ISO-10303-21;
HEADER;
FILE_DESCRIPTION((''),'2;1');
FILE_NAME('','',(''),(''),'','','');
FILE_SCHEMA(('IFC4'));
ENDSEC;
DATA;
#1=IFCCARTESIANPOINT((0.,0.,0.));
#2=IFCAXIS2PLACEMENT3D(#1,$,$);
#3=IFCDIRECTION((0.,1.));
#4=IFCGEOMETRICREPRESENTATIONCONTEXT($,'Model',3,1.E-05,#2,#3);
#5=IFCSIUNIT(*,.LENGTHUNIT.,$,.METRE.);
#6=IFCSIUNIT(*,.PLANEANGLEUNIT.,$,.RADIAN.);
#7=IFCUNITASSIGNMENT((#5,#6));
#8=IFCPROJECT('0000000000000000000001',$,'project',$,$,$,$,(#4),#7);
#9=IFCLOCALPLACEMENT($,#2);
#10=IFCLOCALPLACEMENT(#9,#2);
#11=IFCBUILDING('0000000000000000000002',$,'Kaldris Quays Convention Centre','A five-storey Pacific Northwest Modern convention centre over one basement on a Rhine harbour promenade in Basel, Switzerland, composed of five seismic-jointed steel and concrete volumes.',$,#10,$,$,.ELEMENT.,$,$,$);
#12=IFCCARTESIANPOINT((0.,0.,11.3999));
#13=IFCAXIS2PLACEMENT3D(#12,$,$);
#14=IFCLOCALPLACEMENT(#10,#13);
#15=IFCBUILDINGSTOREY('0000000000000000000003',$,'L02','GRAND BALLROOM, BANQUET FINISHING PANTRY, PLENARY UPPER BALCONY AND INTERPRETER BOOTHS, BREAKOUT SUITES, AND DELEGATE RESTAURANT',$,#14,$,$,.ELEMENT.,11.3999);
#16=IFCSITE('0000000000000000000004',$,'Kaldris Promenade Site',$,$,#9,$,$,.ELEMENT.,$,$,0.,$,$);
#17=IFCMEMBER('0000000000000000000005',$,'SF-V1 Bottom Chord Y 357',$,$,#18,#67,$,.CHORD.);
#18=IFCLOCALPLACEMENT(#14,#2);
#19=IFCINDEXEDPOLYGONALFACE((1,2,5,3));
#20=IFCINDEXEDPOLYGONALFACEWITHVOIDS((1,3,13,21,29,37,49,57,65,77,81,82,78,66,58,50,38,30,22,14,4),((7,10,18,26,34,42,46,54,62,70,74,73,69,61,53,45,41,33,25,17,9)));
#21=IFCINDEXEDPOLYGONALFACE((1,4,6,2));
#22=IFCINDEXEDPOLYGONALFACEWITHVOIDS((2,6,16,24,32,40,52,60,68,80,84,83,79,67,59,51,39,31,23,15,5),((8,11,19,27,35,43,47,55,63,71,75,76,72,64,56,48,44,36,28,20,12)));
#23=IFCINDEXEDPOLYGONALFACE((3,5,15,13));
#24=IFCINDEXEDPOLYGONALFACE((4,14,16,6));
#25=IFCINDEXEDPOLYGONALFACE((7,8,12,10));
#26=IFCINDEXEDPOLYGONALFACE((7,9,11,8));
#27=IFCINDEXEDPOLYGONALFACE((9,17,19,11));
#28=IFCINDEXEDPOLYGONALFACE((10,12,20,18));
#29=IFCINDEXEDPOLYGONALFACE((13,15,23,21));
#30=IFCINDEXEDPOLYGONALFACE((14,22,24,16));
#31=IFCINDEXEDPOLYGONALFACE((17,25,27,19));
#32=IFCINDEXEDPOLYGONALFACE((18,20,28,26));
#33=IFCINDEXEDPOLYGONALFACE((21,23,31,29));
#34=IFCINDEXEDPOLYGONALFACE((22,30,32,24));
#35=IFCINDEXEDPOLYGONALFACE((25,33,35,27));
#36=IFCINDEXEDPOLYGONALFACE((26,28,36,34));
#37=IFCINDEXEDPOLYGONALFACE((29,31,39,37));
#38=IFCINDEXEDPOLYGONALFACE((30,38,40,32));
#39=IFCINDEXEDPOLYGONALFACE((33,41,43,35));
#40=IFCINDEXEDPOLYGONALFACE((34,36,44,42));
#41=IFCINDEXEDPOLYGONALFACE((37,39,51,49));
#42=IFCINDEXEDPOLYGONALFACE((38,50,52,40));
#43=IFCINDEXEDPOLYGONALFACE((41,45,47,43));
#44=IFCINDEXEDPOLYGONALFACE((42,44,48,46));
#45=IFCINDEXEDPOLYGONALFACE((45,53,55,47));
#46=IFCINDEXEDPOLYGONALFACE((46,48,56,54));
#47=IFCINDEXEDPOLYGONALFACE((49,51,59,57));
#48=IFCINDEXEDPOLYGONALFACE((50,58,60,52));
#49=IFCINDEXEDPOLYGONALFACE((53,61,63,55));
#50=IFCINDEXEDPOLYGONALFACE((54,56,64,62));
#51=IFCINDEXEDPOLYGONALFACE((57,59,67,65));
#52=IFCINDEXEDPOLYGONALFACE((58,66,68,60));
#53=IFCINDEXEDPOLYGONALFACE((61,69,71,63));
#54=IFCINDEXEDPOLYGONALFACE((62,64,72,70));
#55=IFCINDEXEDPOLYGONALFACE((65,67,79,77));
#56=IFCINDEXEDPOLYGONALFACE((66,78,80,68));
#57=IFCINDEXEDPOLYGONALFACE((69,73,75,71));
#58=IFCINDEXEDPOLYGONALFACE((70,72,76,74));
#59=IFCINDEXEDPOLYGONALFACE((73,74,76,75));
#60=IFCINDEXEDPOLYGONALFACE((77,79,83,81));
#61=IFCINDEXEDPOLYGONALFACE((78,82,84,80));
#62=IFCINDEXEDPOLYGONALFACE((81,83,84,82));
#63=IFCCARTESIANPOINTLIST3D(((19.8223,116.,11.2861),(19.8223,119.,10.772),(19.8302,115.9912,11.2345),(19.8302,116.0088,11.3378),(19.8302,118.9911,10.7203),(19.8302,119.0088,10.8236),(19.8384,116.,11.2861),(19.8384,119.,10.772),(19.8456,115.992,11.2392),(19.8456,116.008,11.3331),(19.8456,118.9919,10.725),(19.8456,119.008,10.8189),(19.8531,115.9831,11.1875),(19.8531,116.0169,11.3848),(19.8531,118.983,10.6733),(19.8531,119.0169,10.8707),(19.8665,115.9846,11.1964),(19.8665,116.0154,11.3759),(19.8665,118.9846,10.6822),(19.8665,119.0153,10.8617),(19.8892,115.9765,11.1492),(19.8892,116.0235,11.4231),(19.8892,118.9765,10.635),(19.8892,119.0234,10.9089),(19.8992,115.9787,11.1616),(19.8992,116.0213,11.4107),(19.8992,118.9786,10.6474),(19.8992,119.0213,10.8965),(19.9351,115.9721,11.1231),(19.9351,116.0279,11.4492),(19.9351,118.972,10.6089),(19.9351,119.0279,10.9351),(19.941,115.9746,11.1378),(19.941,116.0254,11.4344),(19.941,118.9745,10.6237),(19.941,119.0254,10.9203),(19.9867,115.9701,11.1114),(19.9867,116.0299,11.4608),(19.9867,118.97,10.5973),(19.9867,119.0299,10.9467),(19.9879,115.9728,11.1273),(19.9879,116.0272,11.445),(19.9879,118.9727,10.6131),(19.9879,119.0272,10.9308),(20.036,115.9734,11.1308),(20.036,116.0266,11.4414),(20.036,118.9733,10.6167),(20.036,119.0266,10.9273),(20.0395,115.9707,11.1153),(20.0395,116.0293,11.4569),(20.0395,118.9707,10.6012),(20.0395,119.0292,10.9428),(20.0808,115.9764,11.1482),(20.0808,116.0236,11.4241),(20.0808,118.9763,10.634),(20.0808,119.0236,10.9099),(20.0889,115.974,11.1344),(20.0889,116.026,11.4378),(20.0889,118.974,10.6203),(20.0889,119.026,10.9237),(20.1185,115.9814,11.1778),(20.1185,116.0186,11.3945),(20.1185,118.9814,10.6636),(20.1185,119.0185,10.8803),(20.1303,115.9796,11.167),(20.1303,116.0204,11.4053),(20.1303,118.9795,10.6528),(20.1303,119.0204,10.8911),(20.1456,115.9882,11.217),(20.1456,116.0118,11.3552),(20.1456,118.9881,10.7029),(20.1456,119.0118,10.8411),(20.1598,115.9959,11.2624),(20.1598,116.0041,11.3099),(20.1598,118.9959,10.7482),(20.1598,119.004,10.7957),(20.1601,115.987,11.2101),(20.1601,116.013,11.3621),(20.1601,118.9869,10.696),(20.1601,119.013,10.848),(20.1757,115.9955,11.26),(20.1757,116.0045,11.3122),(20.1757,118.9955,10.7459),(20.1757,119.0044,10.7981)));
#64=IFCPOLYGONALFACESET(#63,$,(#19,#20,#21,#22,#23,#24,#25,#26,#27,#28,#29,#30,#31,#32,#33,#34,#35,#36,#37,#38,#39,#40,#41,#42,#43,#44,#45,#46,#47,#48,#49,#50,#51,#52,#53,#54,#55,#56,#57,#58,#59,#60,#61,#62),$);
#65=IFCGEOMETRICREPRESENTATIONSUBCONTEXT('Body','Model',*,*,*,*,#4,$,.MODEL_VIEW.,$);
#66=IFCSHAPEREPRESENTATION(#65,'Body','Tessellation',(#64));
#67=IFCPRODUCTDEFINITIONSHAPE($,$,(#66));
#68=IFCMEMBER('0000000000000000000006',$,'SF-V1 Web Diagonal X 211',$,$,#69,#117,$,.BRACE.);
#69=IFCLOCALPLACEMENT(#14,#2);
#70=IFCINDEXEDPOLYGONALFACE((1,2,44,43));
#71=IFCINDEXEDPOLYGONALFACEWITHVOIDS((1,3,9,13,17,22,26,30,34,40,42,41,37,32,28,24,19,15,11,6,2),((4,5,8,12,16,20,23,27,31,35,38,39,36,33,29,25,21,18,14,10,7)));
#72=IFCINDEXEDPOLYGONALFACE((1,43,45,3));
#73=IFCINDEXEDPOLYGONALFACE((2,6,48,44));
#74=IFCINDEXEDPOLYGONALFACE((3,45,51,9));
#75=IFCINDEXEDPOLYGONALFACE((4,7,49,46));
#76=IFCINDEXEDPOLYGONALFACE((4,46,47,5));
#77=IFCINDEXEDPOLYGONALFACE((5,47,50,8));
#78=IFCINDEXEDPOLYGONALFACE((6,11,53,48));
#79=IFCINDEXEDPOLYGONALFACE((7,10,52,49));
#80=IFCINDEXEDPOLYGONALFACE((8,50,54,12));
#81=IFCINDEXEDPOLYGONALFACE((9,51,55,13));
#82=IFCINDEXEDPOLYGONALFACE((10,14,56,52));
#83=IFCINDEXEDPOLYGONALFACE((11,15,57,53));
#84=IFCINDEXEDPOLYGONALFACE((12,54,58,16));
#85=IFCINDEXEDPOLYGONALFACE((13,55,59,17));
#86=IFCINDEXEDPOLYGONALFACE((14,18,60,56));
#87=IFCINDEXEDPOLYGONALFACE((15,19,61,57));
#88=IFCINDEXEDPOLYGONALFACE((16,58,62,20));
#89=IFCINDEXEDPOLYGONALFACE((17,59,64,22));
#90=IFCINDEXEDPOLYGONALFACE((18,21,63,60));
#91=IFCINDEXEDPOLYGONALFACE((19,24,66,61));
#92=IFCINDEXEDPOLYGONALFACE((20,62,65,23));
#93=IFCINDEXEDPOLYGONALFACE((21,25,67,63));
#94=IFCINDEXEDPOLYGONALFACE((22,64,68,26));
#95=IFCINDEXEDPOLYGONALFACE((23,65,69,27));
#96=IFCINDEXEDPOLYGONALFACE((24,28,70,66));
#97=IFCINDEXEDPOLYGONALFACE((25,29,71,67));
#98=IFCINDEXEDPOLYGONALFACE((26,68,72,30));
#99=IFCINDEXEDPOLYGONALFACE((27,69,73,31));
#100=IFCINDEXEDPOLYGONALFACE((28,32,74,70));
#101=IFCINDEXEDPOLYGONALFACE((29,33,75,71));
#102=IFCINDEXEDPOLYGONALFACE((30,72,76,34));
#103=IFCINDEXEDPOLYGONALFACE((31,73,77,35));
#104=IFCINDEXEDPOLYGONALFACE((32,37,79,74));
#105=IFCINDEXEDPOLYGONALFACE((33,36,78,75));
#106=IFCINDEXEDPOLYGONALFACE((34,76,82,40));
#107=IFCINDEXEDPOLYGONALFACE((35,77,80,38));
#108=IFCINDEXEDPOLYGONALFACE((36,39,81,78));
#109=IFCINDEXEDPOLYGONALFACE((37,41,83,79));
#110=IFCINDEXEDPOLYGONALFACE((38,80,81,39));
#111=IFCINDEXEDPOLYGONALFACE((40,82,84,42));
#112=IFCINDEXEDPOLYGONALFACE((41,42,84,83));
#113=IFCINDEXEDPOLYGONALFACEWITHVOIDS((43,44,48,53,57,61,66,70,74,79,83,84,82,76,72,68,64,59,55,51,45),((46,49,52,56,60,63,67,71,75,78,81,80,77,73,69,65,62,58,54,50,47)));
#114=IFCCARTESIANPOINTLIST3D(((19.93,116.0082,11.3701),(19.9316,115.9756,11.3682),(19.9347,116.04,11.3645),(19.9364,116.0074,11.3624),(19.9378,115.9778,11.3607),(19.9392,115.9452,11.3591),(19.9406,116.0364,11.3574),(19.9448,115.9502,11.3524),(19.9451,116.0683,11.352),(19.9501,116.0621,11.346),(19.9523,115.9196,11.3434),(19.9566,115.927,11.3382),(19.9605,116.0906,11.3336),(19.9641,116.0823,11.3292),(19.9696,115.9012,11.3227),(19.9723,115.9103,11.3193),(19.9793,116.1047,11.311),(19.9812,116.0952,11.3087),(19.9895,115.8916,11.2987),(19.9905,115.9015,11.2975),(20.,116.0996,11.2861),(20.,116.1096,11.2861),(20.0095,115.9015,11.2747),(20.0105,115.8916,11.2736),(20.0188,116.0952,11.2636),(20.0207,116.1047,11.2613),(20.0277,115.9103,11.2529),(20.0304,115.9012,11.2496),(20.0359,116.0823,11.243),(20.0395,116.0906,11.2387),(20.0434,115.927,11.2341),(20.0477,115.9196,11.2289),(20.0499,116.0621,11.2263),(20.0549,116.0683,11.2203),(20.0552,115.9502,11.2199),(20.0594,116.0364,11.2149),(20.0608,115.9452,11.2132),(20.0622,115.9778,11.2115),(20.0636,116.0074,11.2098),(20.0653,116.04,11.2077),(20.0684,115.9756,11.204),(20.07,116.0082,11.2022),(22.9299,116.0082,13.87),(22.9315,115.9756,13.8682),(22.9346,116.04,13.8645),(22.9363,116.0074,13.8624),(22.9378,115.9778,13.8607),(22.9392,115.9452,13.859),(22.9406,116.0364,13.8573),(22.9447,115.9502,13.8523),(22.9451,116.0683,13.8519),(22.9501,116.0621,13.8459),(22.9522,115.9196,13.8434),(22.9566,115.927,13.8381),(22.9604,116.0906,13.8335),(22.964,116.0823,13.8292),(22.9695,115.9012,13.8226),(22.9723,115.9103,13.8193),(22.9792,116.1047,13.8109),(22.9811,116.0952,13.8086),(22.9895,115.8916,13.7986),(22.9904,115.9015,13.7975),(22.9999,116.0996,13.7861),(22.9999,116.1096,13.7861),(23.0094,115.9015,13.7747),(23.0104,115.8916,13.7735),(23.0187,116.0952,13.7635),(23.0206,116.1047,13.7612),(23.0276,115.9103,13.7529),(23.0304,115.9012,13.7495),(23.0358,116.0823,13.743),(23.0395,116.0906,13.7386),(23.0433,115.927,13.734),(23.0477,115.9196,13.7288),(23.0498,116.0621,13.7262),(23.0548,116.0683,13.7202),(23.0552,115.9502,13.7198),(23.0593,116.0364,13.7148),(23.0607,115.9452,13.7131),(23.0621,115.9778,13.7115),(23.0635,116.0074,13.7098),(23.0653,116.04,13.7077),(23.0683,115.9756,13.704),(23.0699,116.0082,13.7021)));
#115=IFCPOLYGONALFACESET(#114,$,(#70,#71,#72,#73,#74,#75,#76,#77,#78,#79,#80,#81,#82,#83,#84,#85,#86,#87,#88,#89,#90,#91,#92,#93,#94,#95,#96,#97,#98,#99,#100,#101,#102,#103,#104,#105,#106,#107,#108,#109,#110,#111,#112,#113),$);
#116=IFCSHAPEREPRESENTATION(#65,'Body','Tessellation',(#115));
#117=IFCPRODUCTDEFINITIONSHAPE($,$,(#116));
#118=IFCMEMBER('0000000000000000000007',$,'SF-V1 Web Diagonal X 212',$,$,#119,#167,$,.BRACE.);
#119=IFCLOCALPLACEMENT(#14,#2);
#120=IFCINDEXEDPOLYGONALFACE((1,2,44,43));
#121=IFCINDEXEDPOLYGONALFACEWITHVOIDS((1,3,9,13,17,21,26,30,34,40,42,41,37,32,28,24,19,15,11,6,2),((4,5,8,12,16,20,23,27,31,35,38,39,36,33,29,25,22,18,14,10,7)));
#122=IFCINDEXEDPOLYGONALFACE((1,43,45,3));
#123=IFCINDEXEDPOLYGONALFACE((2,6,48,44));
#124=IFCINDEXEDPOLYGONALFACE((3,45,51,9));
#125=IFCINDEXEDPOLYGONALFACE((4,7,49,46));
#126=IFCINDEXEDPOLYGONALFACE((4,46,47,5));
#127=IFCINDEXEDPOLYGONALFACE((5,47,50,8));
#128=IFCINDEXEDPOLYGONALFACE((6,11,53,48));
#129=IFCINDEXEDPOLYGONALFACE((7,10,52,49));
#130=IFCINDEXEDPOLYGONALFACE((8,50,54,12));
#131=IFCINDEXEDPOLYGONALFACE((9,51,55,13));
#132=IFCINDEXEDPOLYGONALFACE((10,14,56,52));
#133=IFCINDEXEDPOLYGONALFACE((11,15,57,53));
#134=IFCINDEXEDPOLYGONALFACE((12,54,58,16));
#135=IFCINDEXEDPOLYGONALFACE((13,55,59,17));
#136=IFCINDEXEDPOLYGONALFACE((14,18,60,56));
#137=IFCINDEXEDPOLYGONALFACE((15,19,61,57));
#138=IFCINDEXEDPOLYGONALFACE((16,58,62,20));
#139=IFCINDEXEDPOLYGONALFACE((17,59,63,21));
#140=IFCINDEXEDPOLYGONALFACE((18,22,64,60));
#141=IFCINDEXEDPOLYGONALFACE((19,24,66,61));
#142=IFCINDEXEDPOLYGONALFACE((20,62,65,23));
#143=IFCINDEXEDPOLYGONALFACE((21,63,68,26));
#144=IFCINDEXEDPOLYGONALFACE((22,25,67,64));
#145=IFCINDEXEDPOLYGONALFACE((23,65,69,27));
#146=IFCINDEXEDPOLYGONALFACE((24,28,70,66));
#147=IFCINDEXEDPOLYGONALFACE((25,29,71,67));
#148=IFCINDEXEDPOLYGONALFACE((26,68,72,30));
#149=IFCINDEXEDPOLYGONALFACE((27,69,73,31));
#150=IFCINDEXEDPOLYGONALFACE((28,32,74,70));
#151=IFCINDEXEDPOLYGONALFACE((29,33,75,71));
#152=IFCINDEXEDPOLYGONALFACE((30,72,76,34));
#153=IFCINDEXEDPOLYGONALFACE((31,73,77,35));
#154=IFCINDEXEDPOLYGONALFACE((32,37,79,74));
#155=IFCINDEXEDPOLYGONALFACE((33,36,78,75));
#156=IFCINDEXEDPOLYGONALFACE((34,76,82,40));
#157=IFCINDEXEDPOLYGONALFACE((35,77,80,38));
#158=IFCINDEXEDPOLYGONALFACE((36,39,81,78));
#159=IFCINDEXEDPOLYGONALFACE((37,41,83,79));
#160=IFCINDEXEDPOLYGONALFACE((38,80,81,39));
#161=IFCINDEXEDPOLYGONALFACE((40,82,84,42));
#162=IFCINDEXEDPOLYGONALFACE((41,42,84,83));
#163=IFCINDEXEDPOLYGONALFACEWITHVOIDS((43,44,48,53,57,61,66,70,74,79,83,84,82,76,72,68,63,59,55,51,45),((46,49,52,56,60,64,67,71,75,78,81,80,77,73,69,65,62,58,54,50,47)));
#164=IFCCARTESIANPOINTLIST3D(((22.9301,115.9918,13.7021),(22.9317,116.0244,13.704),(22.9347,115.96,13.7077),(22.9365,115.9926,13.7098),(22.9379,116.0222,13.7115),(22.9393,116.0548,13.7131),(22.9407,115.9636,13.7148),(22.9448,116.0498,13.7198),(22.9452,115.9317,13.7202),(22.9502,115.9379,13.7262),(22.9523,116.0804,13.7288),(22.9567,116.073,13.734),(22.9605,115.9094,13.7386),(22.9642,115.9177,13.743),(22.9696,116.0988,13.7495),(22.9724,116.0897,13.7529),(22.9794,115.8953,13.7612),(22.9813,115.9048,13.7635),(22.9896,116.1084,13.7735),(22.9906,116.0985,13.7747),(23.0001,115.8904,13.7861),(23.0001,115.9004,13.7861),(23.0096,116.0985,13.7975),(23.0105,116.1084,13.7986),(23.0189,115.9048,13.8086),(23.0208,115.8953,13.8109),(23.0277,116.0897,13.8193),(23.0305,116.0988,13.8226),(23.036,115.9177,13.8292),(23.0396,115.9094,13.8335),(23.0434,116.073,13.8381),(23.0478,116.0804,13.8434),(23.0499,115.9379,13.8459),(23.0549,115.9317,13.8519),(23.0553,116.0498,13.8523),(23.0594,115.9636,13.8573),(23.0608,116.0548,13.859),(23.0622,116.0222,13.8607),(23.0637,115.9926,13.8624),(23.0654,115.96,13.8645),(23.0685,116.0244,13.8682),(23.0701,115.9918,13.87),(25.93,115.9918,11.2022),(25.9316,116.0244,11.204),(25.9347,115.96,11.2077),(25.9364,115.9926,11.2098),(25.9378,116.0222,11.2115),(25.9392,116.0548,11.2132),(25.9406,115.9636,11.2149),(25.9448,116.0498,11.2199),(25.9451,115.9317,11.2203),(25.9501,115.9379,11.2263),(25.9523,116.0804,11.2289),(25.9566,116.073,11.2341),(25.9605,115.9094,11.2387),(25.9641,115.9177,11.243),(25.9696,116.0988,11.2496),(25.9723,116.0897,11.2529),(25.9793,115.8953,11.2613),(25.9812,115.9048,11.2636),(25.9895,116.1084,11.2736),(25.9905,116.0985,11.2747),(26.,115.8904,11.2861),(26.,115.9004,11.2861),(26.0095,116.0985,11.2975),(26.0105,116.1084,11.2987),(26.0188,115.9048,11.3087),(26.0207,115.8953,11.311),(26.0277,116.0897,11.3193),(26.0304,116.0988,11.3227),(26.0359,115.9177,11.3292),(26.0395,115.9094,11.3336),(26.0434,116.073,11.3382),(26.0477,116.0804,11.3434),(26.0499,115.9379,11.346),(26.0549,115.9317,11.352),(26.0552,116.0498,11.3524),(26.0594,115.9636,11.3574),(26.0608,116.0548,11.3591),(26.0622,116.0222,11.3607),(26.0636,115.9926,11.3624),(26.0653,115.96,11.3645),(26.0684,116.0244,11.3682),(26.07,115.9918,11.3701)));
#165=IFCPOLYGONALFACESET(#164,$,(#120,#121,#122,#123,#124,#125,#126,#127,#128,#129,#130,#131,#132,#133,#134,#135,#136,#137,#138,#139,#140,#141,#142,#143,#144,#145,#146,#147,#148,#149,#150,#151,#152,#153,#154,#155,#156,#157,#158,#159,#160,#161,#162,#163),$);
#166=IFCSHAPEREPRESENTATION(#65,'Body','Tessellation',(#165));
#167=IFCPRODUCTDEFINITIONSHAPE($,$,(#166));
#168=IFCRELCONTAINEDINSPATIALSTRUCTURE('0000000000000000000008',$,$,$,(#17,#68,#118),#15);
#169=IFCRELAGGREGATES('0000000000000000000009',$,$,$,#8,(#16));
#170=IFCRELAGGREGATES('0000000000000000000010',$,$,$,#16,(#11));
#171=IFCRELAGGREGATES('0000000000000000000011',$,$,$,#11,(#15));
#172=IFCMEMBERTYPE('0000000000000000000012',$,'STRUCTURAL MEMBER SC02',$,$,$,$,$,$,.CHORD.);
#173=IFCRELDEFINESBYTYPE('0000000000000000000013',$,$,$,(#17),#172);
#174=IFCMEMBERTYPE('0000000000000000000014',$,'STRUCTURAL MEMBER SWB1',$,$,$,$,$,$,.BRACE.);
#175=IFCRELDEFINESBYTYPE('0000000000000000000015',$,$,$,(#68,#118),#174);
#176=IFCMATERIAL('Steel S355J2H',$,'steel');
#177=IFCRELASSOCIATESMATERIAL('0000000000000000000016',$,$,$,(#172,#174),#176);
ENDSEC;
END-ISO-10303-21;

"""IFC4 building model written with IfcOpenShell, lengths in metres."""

from ifc_helpers import new_model, si_unit, direction, frame, origin, origin_2d, place, context, subcontext, project, spatial, hollow_circle, extrude, material, material_profile, profile_set, type_object, element, save


model = new_model("IFC4")

# Units and contexts
model_context = context("Model", 3, precision=1e-05, world=origin(), true_north=direction((0.0, 1.0)))
body_context = subcontext(model_context, "Body", "Model", "MODEL_VIEW")
ifc_project = project(units=[si_unit("LENGTHUNIT", "METRE"), si_unit("PLANEANGLEUNIT", "RADIAN")], contexts=[model_context])

# Site, building, storey
site_placement = place(None, origin())
site = spatial("IfcSite", under=ifc_project, at=site_placement, Name="Kaldris Promenade Site", CompositionType="ELEMENT", RefElevation=0.0)
building_placement = place(site_placement, origin())
building = spatial("IfcBuilding", under=site, at=building_placement, Name="Kaldris Quays Convention Centre", Description="A five-storey Pacific Northwest Modern convention centre over one basement on a Rhine harbour promenade in Basel, Switzerland, composed of five seismic-jointed steel and concrete volumes.", CompositionType="ELEMENT")
storey_placement = place(building_placement, frame((0.0, 0.0, 11.3999)))
storey = spatial("IfcBuildingStorey", under=building, at=storey_placement, Name="L02", Description="GRAND BALLROOM, BANQUET FINISHING PANTRY, PLENARY UPPER BALCONY AND INTERPRETER BOOTHS, BREAKOUT SUITES, AND DELEGATE RESTAURANT", CompositionType="ELEMENT", Elevation=11.3999)

# Members
ifc_material_1 = material(Name="Steel S355J2H", Category="steel")
ifc_material_profile_1 = material_profile(ifc_material_1, hollow_circle(Radius=0.1777, WallThickness=0.0161, at=origin_2d()), Name="CHS 355.6x16")
ifc_profile_set_1 = profile_set([ifc_material_profile_1], Name="Steel S355J2H")
member_type_1 = type_object("IfcMemberType", Name="STRUCTURAL MEMBER SC02", PredefinedType="CHORD", material=ifc_profile_set_1)
for number, where, z_axis, x_axis, name in (
    (1, (20.0, 116.0, 11.2861), (0.0, 0.985629, -0.168924), (-1.0, 0.0, 0.0), "SF-V1 Bottom Chord Y 357"),
):
    element("IfcMember", number, at=place(storey_placement, frame(where, z_axis=z_axis, x_axis=x_axis)), inside=storey, type_object=member_type_1, Name=name, PredefinedType="CHORD", context=body_context, shape_type="SweptSolid", body=[
        extrude(hollow_circle(Radius=0.1777, WallThickness=0.0161, at=origin_2d()), origin(), (0.0, 0.0, 1.0), 3.0437),
    ])
ifc_material_profile_2 = material_profile(ifc_material_1, hollow_circle(Radius=0.1096, WallThickness=0.01, at=origin_2d()), Name="CHS 219.1x10")
ifc_profile_set_2 = profile_set([ifc_material_profile_2], Name="Steel S355J2H")
member_type_2 = type_object("IfcMemberType", Name="STRUCTURAL MEMBER SWB1", PredefinedType="BRACE", material=ifc_profile_set_2)
for number, where, z_axis, x_axis, name in (
    (2, (20.0, 116.0, 11.2861), (0.768221, 0.0, 0.640184), (0.0, 1.0, 0.0), "SF-V1 Web Diagonal X 211"),
    (3, (26.0, 116.0, 11.2861), (-0.768221, 0.0, 0.640184), (0.0, -1.0, 0.0), "SF-V1 Web Diagonal X 212"),
):
    element("IfcMember", number, at=place(storey_placement, frame(where, z_axis=z_axis, x_axis=x_axis)), inside=storey, type_object=member_type_2, Name=name, PredefinedType="BRACE", context=body_context, shape_type="SweptSolid", body=[
        extrude(hollow_circle(Radius=0.1096, WallThickness=0.01, at=origin_2d()), origin(), (0.0, 0.0, 1.0), 3.905),
    ])

save(model, "model.ifc")
